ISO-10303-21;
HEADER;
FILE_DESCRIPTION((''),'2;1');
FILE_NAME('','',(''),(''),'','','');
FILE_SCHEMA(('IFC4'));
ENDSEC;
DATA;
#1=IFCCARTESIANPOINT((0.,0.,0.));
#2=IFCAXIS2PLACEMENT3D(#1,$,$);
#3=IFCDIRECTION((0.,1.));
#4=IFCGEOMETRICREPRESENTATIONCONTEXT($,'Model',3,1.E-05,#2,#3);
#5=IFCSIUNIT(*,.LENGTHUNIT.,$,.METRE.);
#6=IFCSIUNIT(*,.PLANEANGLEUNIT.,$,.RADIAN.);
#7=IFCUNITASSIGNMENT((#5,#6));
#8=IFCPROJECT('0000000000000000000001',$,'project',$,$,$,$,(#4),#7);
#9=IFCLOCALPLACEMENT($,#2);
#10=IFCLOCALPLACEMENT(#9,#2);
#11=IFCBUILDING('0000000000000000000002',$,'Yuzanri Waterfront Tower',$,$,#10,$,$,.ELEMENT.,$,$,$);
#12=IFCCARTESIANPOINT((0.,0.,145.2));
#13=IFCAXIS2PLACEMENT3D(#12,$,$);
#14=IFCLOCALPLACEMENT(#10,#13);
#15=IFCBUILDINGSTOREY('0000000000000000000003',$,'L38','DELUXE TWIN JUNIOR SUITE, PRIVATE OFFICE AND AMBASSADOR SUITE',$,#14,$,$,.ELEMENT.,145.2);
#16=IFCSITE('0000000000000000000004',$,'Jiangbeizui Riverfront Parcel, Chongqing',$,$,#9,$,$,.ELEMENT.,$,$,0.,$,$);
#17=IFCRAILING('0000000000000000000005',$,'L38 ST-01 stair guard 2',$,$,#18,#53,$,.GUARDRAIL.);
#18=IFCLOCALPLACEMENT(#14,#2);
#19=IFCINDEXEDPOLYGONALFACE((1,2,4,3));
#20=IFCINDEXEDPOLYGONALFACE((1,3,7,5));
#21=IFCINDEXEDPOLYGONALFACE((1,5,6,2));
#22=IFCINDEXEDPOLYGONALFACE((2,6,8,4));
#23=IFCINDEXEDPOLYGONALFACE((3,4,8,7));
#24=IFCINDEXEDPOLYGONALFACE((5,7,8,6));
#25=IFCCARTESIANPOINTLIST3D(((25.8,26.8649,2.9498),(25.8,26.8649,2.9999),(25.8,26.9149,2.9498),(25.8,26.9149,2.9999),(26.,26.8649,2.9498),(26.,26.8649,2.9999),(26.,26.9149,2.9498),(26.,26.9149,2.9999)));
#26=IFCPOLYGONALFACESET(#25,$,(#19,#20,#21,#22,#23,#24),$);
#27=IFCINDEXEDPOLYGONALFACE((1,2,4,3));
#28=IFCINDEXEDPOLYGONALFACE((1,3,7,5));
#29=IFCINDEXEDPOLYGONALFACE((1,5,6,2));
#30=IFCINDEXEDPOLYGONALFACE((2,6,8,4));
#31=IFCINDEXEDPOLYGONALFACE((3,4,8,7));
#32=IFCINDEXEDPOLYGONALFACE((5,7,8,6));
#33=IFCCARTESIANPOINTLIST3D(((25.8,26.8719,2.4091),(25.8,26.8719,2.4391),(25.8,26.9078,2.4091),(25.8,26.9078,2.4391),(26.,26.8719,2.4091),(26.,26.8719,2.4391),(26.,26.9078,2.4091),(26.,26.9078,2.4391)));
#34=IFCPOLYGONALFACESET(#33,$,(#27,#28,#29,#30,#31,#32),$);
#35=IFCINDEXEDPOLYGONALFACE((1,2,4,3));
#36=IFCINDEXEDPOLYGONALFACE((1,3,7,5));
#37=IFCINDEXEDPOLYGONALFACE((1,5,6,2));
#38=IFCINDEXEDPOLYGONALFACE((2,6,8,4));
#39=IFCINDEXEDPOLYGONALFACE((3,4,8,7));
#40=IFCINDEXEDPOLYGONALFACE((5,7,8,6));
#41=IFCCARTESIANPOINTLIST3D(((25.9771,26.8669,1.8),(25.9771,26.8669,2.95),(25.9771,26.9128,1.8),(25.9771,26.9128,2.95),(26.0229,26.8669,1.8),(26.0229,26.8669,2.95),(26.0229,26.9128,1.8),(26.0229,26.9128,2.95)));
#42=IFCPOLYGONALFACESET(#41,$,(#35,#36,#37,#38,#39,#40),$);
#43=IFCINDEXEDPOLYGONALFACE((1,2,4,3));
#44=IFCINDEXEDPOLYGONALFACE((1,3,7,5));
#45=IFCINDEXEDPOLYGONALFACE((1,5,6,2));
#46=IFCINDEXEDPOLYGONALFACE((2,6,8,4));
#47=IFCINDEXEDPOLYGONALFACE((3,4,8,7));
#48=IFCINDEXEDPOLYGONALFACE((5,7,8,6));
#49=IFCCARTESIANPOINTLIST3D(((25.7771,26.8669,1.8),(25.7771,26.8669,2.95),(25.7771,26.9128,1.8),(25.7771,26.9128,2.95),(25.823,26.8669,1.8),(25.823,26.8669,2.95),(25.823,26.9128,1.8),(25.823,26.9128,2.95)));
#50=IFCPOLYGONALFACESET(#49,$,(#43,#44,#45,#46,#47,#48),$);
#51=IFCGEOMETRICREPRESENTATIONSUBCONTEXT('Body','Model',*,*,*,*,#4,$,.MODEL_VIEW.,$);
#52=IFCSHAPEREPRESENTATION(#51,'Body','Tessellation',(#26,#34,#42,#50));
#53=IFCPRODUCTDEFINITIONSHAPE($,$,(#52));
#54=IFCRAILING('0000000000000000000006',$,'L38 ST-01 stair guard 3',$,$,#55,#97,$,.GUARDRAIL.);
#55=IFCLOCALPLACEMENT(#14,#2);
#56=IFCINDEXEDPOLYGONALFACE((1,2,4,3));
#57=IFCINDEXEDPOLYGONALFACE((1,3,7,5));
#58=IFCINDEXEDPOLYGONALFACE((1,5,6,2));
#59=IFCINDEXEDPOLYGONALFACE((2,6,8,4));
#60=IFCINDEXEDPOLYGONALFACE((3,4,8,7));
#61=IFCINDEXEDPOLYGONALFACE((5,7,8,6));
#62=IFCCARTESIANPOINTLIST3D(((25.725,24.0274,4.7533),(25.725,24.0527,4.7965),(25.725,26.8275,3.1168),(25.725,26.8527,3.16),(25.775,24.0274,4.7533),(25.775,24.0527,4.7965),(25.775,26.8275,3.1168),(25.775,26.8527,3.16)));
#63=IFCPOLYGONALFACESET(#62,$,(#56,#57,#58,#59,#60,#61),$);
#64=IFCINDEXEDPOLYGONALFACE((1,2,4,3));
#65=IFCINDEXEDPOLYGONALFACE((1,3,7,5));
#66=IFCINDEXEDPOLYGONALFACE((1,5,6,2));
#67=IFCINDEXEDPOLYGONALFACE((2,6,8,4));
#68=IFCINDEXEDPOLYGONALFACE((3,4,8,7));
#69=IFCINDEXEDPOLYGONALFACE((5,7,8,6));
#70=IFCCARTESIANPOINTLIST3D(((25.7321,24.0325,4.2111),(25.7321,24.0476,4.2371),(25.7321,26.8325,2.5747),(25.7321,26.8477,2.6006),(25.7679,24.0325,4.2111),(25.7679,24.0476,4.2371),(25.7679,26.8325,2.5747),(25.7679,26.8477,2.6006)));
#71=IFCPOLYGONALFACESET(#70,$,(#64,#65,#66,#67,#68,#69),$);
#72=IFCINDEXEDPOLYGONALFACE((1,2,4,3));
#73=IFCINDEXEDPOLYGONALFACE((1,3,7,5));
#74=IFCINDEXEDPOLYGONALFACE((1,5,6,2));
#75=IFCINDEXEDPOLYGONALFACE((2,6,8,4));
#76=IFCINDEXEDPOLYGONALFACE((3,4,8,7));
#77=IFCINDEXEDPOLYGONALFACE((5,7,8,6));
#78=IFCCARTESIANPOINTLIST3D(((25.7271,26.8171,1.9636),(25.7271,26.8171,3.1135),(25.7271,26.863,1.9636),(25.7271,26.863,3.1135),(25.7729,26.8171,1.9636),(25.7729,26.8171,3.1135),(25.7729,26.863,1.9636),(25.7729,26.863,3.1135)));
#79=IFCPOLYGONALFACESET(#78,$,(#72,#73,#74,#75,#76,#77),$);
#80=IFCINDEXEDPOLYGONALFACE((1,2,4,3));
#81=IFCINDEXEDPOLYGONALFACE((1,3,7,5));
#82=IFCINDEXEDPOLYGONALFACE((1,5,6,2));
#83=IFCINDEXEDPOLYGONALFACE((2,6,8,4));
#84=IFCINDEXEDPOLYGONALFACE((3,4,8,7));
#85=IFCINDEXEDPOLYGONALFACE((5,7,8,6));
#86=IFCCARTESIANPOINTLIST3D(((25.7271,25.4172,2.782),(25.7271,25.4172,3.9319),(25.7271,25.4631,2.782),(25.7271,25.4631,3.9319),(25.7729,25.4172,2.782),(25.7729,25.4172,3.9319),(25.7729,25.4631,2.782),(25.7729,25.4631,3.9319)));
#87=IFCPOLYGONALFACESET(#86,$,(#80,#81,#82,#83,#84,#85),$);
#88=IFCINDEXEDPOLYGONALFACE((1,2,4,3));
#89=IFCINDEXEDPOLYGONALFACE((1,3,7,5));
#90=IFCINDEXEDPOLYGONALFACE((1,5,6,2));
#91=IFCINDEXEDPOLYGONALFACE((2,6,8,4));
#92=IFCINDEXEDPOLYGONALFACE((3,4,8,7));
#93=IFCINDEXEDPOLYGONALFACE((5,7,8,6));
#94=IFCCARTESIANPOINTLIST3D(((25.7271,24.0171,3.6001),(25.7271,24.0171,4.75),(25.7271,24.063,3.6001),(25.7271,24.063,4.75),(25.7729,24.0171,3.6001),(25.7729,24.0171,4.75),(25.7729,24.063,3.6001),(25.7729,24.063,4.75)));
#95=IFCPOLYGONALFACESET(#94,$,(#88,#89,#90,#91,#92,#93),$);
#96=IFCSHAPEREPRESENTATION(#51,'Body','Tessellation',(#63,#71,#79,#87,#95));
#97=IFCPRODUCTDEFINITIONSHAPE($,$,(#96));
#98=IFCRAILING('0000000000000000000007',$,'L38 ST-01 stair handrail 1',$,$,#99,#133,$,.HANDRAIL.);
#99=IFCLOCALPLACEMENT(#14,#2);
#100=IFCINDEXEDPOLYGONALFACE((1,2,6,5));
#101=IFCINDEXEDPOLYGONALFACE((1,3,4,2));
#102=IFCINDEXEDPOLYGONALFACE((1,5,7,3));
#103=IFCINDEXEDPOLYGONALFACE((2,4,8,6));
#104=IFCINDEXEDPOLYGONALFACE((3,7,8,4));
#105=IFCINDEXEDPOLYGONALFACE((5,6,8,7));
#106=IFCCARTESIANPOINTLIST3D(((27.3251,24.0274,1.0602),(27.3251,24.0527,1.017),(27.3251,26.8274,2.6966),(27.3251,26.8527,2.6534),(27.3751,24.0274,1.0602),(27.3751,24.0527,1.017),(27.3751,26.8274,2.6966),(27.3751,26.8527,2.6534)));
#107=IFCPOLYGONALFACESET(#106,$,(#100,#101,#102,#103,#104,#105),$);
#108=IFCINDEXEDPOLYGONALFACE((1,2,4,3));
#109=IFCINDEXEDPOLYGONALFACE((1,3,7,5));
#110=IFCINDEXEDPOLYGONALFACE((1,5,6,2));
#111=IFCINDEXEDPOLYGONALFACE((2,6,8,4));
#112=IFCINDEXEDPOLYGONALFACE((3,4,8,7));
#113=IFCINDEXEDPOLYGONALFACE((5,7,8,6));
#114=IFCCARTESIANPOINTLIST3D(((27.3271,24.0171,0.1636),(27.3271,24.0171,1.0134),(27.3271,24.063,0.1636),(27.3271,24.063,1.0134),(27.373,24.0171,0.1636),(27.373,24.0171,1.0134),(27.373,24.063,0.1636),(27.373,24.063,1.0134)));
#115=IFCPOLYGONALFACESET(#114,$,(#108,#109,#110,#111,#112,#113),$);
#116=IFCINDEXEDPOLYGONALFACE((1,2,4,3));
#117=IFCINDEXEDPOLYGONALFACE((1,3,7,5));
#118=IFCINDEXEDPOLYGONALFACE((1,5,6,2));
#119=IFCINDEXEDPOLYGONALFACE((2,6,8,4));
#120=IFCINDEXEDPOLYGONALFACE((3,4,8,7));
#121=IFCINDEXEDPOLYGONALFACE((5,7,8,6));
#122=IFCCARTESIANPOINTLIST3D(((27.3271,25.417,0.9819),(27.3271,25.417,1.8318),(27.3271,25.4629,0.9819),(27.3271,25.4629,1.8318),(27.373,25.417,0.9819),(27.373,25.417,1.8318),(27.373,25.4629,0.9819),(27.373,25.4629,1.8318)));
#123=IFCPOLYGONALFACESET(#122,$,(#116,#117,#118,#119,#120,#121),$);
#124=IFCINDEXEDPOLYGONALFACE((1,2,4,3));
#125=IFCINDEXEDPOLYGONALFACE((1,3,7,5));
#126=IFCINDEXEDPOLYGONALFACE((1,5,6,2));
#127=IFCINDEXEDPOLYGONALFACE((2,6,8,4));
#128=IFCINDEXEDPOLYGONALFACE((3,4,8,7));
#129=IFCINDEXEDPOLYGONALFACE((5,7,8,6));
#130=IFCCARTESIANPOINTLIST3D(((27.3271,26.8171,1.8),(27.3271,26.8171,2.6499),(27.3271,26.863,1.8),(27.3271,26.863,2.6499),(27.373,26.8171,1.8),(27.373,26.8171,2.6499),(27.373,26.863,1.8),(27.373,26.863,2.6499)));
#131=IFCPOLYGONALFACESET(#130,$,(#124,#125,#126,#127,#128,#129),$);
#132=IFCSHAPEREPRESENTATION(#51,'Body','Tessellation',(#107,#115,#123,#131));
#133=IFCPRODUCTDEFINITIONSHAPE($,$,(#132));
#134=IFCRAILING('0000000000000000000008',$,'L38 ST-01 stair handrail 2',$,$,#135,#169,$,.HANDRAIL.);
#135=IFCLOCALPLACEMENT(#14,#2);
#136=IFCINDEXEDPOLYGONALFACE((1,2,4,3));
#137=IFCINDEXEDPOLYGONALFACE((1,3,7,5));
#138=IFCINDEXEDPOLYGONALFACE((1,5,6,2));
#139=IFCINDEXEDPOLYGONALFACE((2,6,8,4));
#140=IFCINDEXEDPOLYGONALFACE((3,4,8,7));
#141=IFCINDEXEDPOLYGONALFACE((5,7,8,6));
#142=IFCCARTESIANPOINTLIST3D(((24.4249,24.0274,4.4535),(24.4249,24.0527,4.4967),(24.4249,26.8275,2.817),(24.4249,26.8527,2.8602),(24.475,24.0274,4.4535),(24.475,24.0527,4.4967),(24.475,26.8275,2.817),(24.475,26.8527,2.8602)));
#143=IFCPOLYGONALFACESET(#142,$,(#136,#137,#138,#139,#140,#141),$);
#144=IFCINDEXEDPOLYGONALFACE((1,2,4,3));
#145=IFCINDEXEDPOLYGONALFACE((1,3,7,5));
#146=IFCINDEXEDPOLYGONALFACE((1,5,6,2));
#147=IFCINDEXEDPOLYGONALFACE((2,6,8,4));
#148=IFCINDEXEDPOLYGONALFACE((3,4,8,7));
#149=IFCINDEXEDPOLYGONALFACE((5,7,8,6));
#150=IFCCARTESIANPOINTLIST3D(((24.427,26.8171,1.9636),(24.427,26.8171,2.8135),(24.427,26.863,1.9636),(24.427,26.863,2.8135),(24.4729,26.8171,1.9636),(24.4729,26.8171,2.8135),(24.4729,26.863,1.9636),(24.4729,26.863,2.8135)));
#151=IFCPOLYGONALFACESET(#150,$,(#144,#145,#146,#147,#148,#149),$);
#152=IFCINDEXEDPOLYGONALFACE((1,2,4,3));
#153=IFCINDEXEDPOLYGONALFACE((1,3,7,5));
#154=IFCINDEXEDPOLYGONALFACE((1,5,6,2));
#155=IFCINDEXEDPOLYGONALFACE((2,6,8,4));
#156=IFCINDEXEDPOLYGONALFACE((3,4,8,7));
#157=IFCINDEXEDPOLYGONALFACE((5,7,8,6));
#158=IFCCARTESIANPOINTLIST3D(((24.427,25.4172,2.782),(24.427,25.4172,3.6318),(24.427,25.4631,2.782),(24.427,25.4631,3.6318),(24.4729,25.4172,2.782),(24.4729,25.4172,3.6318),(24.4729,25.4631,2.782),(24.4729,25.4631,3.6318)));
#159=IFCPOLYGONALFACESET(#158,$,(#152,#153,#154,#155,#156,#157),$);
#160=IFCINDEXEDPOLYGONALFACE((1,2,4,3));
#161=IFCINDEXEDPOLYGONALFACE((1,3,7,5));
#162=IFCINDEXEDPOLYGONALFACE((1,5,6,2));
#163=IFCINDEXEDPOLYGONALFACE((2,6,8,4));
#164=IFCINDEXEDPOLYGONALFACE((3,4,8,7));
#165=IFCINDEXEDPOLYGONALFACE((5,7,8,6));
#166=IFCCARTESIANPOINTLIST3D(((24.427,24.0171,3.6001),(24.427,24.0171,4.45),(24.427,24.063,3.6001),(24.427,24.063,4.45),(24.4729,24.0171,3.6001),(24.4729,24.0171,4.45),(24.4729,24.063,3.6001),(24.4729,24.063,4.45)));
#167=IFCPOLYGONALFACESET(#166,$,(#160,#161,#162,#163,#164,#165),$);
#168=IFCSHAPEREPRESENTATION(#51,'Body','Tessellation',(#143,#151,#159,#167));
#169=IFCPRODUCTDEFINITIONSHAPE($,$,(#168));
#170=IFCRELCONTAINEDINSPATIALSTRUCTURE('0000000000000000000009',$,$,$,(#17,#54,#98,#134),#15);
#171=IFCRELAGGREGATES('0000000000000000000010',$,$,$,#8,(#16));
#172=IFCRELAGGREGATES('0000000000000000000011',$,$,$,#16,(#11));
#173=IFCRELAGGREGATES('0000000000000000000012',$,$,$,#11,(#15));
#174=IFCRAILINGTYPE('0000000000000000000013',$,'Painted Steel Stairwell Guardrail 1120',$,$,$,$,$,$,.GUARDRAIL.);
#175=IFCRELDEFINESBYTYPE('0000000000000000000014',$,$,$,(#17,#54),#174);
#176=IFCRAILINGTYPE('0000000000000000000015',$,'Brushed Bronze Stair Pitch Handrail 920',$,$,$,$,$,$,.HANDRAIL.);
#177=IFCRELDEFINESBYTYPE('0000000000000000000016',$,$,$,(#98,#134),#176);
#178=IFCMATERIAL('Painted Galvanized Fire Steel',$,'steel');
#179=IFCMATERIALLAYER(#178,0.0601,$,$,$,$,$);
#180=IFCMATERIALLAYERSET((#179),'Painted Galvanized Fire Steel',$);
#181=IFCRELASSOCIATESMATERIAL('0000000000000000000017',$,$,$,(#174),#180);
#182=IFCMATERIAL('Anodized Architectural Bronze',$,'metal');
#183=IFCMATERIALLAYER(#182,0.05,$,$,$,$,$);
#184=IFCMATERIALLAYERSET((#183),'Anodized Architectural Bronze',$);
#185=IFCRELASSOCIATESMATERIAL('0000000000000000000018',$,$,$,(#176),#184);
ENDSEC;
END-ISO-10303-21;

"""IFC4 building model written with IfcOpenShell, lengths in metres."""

from ifc_helpers import new_model, si_unit, direction, frame, origin, origin_2d, place, context, subcontext, project, spatial, rectangle, extrude, source, transform, mapped, material, layer, layer_set, type_object, element, save


model = new_model("IFC4")

# Units and contexts
model_context = context("Model", 3, precision=1e-05, world=origin(), true_north=direction((0.0, 1.0)))
body_context = subcontext(model_context, "Body", "Model", "MODEL_VIEW")
ifc_project = project(units=[si_unit("LENGTHUNIT", "METRE"), si_unit("PLANEANGLEUNIT", "RADIAN")], contexts=[model_context])

# Site, building, storey
site_placement = place(None, origin())
site = spatial("IfcSite", under=ifc_project, at=site_placement, Name="Jiangbeizui Riverfront Parcel, Chongqing", CompositionType="ELEMENT", RefElevation=0.0)
building_placement = place(site_placement, origin())
building = spatial("IfcBuilding", under=site, at=building_placement, Name="Yuzanri Waterfront Tower", CompositionType="ELEMENT")
storey_placement = place(building_placement, frame((0.0, 0.0, 145.2)))
storey = spatial("IfcBuildingStorey", under=building, at=storey_placement, Name="L38", Description="DELUXE TWIN JUNIOR SUITE, PRIVATE OFFICE AND AMBASSADOR SUITE", CompositionType="ELEMENT", Elevation=145.2)

# Railings
ifc_material_1 = material(Name="Painted Galvanized Fire Steel", Category="steel")
ifc_layer_1 = layer(ifc_material_1, 0.0601)
ifc_layer_set_1 = layer_set([ifc_layer_1], Name="Painted Galvanized Fire Steel")
railing_type_1 = type_object("IfcRailingType", Name="Painted Steel Stairwell Guardrail 1120", PredefinedType="GUARDRAIL", material=ifc_layer_set_1)
shared_shape_1 = source(origin(), body_context, "Body", "SweptSolid", [
    extrude(rectangle(XDim=0.05, YDim=0.05, at=origin_2d()), frame((0.0, 0.0, 1.1748), z_axis=(-1.0, 0.0, 0.0), x_axis=(0.0, -1.0, 0.0)), (0.0, 0.0, 1.0), 0.2),
    extrude(rectangle(XDim=0.0359, YDim=0.03, at=origin_2d()), frame((0.0, 0.0, 0.624), z_axis=(-1.0, 0.0, 0.0), x_axis=(0.0, -1.0, 0.0)), (0.0, 0.0, 1.0), 0.2),
    extrude(rectangle(XDim=0.0459, YDim=0.0459, at=origin_2d()), origin(), (0.0, 0.0, 1.0), 1.1499),
    extrude(rectangle(XDim=0.0459, YDim=0.0459, at=origin_2d()), frame((-0.2, 0.0, 0.0)), (0.0, 0.0, 1.0), 1.1499),
])
railing_1_placement = place(storey_placement, frame((26.0, 26.8899, 1.8)))
element("IfcRailing", 1, at=railing_1_placement, inside=storey, type_object=railing_type_1, Name="L38 ST-01 stair guard 2", PredefinedType="GUARDRAIL", context=body_context, shape_type="MappedRepresentation", body=[
    mapped(shared_shape_1, transform((0.0, 0.0, 0.0), scale=1.0)),
])
shared_shape_2 = source(origin(), body_context, "Body", "SweptSolid", [
    extrude(rectangle(XDim=0.05, YDim=0.05, at=origin_2d()), frame((0.0, 0.0, 1.1748), z_axis=(0.0, -0.863361, 0.504587), x_axis=(1.0, 0.0, 0.0)), (0.0, 0.0, 1.0), 3.2432),
    extrude(rectangle(XDim=0.0359, YDim=0.03, at=origin_2d()), frame((0.0, 0.0, 0.624), z_axis=(0.0, -0.863361, 0.504587), x_axis=(1.0, 0.0, 0.0)), (0.0, 0.0, 1.0), 3.2432),
    extrude(rectangle(XDim=0.0459, YDim=0.0459, at=origin_2d()), origin(), (0.0, 0.0, 1.0), 1.1499),
    extrude(rectangle(XDim=0.0459, YDim=0.0459, at=origin_2d()), frame((0.0, -1.3999, 0.8184)), (0.0, 0.0, 1.0), 1.1499),
    extrude(rectangle(XDim=0.0459, YDim=0.0459, at=origin_2d()), frame((0.0, -2.8, 1.6365)), (0.0, 0.0, 1.0), 1.1499),
])
railing_2_placement = place(storey_placement, frame((25.75, 26.8401, 1.9636)))
element("IfcRailing", 2, at=railing_2_placement, inside=storey, type_object=railing_type_1, Name="L38 ST-01 stair guard 3", PredefinedType="GUARDRAIL", context=body_context, shape_type="MappedRepresentation", body=[
    mapped(shared_shape_2, transform((0.0, 0.0, 0.0), scale=1.0)),
])
ifc_material_2 = material(Name="Anodized Architectural Bronze", Category="metal")
ifc_layer_2 = layer(ifc_material_2, 0.05)
ifc_layer_set_2 = layer_set([ifc_layer_2], Name="Anodized Architectural Bronze")
railing_type_2 = type_object("IfcRailingType", Name="Brushed Bronze Stair Pitch Handrail 920", PredefinedType="HANDRAIL", material=ifc_layer_set_2)
shared_shape_3 = source(origin(), body_context, "Body", "SweptSolid", [
    extrude(rectangle(XDim=0.05, YDim=0.05, at=origin_2d()), frame((0.0, 0.0, 0.875), z_axis=(0.0, 0.863361, 0.504587), x_axis=(-1.0, 0.0, 0.0)), (0.0, 0.0, 1.0), 3.2432),
    extrude(rectangle(XDim=0.0459, YDim=0.0459, at=origin_2d()), origin(), (0.0, 0.0, 1.0), 0.8499),
    extrude(rectangle(XDim=0.0459, YDim=0.0459, at=origin_2d()), frame((0.0, 1.3999, 0.8184)), (0.0, 0.0, 1.0), 0.8499),
    extrude(rectangle(XDim=0.0459, YDim=0.0459, at=origin_2d()), frame((0.0, 2.8, 1.6365)), (0.0, 0.0, 1.0), 0.8499),
])
railing_3_placement = place(storey_placement, frame((27.3501, 24.04, 0.1636)))
element("IfcRailing", 3, at=railing_3_placement, inside=storey, type_object=railing_type_2, Name="L38 ST-01 stair handrail 1", PredefinedType="HANDRAIL", context=body_context, shape_type="MappedRepresentation", body=[
    mapped(shared_shape_3, transform((0.0, 0.0, 0.0), scale=1.0)),
])
shared_shape_4 = source(origin(), body_context, "Body", "SweptSolid", [
    extrude(rectangle(XDim=0.05, YDim=0.05, at=origin_2d()), frame((0.0, 0.0, 0.875), z_axis=(0.0, -0.863361, 0.504587), x_axis=(1.0, 0.0, 0.0)), (0.0, 0.0, 1.0), 3.2432),
    extrude(rectangle(XDim=0.0459, YDim=0.0459, at=origin_2d()), origin(), (0.0, 0.0, 1.0), 0.8499),
    extrude(rectangle(XDim=0.0459, YDim=0.0459, at=origin_2d()), frame((0.0, -1.3999, 0.8184)), (0.0, 0.0, 1.0), 0.8499),
    extrude(rectangle(XDim=0.0459, YDim=0.0459, at=origin_2d()), frame((0.0, -2.8, 1.6365)), (0.0, 0.0, 1.0), 0.8499),
])
railing_4_placement = place(storey_placement, frame((24.45, 26.8401, 1.9636)))
element("IfcRailing", 4, at=railing_4_placement, inside=storey, type_object=railing_type_2, Name="L38 ST-01 stair handrail 2", PredefinedType="HANDRAIL", context=body_context, shape_type="MappedRepresentation", body=[
    mapped(shared_shape_4, transform((0.0, 0.0, 0.0), scale=1.0)),
])

save(model, "model.ifc")
